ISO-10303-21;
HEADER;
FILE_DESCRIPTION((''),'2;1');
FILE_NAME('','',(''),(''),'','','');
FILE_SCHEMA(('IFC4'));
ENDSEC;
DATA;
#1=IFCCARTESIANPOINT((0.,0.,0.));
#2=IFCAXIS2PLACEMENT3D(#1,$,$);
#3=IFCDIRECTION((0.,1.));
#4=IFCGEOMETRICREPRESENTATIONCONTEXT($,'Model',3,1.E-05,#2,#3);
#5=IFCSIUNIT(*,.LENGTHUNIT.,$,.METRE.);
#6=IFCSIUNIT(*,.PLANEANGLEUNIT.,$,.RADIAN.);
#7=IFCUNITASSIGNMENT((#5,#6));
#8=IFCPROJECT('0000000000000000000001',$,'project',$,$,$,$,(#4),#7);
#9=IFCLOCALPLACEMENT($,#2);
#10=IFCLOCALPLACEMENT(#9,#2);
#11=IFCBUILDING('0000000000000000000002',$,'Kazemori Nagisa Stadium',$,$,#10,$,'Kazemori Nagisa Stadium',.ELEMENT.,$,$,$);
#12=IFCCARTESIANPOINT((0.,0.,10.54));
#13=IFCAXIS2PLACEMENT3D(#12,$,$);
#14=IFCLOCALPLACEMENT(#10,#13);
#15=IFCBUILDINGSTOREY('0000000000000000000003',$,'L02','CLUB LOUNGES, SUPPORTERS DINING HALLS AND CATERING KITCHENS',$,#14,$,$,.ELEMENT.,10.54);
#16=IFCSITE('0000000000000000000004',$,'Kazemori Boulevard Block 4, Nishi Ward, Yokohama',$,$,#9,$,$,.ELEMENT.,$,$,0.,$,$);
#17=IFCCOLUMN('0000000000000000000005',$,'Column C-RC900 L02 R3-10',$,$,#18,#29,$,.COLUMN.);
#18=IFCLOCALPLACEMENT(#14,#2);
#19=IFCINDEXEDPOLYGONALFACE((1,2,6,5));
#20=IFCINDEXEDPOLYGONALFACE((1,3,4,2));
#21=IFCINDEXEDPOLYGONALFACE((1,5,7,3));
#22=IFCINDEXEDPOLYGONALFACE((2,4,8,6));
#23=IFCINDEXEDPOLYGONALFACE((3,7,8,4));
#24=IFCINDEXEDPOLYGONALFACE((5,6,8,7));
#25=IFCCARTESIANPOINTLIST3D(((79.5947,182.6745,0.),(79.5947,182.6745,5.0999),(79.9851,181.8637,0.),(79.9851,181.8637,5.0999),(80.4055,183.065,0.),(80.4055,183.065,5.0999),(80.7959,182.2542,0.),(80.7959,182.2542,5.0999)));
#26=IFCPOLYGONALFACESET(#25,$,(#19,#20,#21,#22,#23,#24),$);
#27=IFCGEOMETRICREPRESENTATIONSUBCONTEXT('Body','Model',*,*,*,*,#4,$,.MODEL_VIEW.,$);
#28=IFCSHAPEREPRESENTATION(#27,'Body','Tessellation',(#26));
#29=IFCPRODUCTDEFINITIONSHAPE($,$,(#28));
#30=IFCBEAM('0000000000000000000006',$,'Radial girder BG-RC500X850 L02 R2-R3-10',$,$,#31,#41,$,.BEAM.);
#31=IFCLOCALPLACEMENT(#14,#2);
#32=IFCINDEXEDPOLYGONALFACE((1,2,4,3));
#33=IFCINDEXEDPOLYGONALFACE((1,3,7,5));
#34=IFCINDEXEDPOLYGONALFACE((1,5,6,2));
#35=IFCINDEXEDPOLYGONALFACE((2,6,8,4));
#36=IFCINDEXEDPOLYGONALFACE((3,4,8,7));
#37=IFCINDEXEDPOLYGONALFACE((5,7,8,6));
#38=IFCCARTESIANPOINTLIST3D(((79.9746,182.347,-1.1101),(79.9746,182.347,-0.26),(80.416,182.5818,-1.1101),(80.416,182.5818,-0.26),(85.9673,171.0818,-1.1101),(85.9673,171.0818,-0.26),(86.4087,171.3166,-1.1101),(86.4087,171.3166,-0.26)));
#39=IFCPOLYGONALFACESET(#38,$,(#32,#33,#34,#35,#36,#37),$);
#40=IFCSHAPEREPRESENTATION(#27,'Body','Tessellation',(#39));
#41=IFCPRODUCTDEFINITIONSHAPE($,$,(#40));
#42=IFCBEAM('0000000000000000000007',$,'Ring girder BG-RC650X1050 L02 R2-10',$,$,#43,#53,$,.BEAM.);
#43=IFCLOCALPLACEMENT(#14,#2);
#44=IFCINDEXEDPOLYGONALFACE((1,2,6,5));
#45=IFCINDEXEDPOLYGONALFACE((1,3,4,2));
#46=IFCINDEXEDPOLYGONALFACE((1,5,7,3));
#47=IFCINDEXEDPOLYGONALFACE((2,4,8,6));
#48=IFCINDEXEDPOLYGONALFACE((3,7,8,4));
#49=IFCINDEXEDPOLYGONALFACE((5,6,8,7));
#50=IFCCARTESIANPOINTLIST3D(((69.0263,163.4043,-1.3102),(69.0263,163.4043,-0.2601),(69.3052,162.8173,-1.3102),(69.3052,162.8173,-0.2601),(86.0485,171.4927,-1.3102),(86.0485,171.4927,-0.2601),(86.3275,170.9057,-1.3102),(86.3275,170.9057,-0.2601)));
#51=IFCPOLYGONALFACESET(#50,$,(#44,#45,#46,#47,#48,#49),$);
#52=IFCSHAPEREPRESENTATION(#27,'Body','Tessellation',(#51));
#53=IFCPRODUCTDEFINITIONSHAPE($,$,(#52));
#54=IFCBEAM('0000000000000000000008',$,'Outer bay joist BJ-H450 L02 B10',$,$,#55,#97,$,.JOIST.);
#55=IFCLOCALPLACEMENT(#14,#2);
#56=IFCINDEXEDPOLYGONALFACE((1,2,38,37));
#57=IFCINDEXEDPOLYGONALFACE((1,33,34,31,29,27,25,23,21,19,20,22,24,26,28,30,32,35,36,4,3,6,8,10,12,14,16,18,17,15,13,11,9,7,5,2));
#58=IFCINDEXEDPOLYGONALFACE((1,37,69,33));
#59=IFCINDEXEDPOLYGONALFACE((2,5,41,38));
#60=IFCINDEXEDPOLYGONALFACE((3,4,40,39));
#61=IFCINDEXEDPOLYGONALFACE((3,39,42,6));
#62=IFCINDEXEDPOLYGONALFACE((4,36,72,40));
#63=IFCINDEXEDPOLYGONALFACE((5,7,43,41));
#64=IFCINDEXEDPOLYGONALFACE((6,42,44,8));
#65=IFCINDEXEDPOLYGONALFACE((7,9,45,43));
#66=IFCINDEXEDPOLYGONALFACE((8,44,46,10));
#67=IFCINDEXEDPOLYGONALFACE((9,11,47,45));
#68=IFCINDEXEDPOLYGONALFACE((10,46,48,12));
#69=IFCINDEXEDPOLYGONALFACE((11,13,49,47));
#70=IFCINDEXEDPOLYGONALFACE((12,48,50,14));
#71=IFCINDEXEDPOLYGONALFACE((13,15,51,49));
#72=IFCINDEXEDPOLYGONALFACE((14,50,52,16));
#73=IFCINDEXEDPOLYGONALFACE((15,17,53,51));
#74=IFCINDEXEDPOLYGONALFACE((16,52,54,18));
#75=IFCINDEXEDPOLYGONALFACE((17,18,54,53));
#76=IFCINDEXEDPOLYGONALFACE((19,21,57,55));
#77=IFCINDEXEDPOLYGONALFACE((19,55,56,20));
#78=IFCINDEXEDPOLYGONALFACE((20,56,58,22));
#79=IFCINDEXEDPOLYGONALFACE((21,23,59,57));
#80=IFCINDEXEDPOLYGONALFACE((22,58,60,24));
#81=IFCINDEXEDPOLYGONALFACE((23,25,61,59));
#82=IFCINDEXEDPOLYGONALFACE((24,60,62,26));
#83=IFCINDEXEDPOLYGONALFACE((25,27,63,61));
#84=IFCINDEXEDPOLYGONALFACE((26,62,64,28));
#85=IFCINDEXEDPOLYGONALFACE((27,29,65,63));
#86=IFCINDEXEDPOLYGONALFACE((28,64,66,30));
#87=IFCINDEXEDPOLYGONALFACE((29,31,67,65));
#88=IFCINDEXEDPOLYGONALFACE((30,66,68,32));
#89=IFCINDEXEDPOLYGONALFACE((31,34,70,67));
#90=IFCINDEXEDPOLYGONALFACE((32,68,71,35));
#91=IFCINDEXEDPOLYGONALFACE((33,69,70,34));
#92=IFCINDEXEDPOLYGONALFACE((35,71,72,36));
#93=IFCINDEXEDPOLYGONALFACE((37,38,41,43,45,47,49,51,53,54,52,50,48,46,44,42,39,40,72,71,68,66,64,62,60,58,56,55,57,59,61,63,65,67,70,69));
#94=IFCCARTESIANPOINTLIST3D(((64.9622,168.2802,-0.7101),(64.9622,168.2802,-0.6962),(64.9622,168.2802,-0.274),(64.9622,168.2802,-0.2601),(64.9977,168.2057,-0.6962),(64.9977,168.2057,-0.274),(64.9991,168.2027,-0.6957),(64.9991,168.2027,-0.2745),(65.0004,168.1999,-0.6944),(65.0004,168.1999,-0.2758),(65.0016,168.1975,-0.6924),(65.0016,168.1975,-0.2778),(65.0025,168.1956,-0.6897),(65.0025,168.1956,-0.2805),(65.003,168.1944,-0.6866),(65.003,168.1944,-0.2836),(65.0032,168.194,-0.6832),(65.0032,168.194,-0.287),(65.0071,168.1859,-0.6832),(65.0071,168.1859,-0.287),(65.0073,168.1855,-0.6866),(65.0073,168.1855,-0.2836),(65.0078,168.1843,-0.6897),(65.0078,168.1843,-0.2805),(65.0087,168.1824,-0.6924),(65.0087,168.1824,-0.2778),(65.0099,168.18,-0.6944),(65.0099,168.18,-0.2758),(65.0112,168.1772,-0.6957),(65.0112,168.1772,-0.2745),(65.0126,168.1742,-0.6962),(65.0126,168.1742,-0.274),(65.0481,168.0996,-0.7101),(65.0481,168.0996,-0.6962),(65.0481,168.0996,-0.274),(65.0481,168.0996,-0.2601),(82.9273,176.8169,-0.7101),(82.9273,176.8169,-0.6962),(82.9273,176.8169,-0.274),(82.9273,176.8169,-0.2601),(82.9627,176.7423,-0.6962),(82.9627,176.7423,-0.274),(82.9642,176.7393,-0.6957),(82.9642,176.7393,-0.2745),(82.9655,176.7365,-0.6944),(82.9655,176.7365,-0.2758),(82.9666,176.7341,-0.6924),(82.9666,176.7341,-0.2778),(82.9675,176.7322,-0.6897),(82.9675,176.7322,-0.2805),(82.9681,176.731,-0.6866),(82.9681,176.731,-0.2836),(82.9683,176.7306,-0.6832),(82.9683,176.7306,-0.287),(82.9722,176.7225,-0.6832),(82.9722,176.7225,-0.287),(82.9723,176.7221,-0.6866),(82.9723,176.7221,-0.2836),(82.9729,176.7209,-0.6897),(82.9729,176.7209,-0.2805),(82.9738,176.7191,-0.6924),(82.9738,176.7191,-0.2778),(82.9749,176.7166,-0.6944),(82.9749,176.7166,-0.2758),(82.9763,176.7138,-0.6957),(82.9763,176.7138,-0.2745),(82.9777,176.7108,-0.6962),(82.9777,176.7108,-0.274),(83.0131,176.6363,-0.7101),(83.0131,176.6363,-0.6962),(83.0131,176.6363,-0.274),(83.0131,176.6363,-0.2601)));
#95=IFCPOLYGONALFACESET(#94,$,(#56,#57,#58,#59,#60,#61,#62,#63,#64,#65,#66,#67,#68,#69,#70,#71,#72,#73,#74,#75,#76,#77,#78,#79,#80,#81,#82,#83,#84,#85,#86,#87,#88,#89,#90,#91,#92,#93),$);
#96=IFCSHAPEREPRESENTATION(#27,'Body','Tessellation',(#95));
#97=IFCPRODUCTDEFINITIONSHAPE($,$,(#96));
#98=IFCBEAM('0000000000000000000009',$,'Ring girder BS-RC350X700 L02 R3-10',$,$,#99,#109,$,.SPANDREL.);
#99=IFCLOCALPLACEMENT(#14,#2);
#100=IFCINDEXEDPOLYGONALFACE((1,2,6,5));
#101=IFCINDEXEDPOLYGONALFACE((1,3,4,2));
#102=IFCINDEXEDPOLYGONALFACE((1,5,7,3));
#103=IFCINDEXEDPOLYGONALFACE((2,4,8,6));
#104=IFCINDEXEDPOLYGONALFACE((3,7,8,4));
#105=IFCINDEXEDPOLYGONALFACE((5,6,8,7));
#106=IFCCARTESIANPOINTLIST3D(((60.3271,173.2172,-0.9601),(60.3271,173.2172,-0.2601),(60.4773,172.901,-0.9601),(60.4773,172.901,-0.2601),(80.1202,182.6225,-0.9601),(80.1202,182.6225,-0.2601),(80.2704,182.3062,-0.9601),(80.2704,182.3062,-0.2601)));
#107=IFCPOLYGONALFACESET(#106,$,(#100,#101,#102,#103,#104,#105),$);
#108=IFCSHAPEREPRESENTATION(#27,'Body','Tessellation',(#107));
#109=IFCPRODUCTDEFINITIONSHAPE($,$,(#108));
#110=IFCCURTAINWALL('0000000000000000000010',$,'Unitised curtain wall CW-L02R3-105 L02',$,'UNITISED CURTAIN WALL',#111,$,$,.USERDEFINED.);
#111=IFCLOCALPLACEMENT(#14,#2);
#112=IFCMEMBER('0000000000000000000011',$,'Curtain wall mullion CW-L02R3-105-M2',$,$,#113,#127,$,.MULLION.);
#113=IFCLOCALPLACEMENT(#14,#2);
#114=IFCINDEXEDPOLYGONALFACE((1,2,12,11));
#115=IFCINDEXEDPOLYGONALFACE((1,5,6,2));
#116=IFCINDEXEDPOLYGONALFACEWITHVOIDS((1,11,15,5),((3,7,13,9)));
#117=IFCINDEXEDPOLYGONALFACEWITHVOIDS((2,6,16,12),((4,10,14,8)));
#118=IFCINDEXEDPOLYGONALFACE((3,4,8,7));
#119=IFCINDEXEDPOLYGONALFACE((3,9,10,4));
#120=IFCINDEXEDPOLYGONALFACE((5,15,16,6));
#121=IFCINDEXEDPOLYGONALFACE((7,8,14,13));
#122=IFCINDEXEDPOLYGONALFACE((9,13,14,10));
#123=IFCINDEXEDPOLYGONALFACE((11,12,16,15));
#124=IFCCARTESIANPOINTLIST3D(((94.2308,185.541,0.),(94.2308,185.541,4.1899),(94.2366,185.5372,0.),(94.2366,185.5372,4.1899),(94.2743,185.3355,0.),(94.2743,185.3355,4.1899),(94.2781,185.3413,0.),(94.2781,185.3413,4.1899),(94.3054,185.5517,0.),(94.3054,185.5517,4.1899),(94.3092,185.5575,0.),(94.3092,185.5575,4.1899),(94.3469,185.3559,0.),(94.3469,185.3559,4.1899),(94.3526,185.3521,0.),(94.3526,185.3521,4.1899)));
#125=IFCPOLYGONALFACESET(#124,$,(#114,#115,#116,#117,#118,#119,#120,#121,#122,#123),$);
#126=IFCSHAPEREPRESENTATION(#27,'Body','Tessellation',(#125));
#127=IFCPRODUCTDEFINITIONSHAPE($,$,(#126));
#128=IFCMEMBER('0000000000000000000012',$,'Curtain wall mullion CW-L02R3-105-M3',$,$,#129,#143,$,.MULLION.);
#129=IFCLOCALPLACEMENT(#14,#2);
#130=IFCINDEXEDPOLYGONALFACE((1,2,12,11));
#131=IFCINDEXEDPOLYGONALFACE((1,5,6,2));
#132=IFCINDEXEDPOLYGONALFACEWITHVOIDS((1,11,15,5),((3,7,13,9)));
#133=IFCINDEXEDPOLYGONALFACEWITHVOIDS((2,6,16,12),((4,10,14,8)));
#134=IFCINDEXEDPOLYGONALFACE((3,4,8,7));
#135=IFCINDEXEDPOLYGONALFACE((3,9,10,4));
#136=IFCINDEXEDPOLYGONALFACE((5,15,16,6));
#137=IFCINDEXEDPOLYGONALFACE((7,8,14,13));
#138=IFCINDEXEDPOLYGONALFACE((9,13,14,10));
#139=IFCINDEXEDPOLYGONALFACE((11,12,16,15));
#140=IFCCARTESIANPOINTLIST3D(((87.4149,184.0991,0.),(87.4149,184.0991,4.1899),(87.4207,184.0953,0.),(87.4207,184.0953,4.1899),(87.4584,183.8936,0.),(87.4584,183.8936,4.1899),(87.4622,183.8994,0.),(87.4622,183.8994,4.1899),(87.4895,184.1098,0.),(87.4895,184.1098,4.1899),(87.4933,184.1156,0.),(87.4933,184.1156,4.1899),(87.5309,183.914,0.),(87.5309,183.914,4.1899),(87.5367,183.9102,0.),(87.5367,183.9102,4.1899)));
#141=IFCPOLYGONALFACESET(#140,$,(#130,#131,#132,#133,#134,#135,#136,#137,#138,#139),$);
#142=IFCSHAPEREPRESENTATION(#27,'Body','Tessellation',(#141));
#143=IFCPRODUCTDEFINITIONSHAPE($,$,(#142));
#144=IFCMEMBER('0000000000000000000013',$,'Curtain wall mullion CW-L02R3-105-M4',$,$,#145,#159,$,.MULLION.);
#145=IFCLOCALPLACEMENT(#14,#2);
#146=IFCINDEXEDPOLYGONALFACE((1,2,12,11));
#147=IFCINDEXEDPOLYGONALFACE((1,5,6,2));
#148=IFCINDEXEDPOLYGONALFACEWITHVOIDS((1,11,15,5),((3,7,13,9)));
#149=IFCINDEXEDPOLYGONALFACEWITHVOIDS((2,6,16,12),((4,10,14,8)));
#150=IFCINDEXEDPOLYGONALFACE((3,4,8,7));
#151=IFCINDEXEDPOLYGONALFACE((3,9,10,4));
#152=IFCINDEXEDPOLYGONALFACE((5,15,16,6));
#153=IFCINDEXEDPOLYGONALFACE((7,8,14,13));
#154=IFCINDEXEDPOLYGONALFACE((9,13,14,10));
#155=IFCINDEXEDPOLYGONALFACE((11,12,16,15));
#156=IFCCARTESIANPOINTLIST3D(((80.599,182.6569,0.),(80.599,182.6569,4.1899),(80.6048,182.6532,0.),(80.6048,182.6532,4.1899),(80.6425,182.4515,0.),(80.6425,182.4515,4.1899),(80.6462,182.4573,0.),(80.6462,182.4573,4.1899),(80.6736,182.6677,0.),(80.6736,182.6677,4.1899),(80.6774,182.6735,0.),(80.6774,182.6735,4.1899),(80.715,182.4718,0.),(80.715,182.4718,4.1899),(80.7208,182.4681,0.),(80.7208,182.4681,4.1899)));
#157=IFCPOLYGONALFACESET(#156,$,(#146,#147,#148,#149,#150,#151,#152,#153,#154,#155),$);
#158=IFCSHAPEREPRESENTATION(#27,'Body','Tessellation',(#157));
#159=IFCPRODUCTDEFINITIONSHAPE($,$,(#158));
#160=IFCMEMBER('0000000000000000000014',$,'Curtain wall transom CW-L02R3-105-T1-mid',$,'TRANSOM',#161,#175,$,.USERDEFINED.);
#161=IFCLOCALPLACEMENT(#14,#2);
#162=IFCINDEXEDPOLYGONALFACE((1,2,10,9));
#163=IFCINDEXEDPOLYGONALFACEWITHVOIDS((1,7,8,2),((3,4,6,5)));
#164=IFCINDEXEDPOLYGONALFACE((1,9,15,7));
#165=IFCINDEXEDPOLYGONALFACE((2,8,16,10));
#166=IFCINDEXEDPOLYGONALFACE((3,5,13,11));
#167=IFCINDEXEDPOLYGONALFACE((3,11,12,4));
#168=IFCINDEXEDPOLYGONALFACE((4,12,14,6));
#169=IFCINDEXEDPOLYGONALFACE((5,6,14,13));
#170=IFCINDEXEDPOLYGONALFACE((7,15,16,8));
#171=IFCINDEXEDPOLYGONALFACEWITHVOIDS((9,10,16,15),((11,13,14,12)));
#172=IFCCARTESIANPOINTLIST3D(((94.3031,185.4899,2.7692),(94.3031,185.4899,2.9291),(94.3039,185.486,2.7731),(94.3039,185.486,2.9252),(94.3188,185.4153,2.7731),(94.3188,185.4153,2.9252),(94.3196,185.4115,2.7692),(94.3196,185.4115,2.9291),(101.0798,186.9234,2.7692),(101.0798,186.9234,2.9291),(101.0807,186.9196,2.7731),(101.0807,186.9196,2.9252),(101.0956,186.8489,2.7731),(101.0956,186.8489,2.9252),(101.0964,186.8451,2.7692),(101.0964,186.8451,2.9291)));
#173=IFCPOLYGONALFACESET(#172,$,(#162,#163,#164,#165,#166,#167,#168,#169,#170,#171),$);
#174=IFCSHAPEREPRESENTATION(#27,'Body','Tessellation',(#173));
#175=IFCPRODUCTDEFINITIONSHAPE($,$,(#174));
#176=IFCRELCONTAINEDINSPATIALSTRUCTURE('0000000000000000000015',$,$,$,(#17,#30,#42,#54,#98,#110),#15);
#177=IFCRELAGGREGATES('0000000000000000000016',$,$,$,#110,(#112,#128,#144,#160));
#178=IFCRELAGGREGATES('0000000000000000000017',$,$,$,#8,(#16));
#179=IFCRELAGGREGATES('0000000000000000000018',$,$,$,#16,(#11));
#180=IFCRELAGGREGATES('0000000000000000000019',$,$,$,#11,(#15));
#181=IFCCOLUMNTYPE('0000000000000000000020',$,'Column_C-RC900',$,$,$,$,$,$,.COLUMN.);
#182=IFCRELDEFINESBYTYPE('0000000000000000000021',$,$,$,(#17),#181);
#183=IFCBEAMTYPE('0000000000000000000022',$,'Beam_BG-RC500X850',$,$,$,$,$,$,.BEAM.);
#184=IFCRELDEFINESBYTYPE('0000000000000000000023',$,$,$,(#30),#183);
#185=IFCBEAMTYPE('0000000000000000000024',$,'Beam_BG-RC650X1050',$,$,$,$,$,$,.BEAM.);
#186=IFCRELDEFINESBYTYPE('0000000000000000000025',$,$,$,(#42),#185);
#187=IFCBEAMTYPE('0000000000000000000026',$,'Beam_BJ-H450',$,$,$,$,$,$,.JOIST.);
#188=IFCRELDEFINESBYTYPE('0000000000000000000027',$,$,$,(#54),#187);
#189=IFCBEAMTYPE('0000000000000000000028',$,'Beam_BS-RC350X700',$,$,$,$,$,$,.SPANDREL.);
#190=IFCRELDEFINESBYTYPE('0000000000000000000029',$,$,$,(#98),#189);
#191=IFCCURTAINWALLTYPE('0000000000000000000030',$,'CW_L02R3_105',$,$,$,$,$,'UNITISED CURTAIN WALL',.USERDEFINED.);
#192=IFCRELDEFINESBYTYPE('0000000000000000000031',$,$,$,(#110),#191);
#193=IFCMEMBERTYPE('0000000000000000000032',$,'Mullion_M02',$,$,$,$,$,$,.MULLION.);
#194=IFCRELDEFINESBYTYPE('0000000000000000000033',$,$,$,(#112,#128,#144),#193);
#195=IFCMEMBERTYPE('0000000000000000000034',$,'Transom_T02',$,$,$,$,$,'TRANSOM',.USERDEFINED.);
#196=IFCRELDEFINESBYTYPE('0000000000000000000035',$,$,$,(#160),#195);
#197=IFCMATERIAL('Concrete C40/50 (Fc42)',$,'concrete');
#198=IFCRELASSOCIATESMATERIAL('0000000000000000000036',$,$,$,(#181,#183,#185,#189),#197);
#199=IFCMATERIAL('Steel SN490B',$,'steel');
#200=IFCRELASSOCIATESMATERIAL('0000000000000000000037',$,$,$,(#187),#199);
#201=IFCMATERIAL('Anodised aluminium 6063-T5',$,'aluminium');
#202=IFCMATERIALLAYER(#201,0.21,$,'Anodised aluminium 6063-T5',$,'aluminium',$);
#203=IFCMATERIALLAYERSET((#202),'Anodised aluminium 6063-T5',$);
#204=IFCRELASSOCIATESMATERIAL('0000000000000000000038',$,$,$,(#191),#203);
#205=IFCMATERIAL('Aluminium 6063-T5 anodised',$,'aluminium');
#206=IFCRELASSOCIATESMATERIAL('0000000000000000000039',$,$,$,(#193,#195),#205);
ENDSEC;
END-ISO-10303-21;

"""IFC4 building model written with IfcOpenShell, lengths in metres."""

from ifc_helpers import new_model, si_unit, direction, frame, origin, origin_2d, place, context, subcontext, project, spatial, rectangle, hollow_rectangle, i_section, extrude, material, layer, layer_set, material_profile, profile_set, type_object, element, aggregate, save


model = new_model("IFC4")

# Units and contexts
model_context = context("Model", 3, precision=1e-05, world=origin(), true_north=direction((0.0, 1.0)))
body_context = subcontext(model_context, "Body", "Model", "MODEL_VIEW")
ifc_project = project(units=[si_unit("LENGTHUNIT", "METRE"), si_unit("PLANEANGLEUNIT", "RADIAN")], contexts=[model_context])

# Site, building, storey
site_placement = place(None, origin())
site = spatial("IfcSite", under=ifc_project, at=site_placement, Name="Kazemori Boulevard Block 4, Nishi Ward, Yokohama", CompositionType="ELEMENT", RefElevation=0.0)
building_placement = place(site_placement, origin())
building = spatial("IfcBuilding", under=site, at=building_placement, Name="Kazemori Nagisa Stadium", LongName="Kazemori Nagisa Stadium", CompositionType="ELEMENT")
storey_placement = place(building_placement, frame((0.0, 0.0, 10.54)))
storey = spatial("IfcBuildingStorey", under=building, at=storey_placement, Name="L02", Description="CLUB LOUNGES, SUPPORTERS DINING HALLS AND CATERING KITCHENS", CompositionType="ELEMENT", Elevation=10.54)

# Column
ifc_material_1 = material(Name="Concrete C40/50 (Fc42)", Category="concrete")
ifc_material_profile_1 = material_profile(ifc_material_1, rectangle(XDim=0.8999, YDim=0.8999, at=origin_2d()), Name="RC-COL-900x900")
ifc_profile_set_1 = profile_set([ifc_material_profile_1], Name="Concrete C40/50 (Fc42)")
column_type = type_object("IfcColumnType", Name="Column_C-RC900", PredefinedType="COLUMN", material=ifc_profile_set_1)
column_placement = place(storey_placement, frame((80.1953, 182.4644, 0.0), z_axis=(0.0, 0.0, 1.0), x_axis=(-0.433884, 0.900969, 0.0)))
element("IfcColumn", 1, at=column_placement, inside=storey, type_object=column_type, Name="Column C-RC900 L02 R3-10", PredefinedType="COLUMN", context=body_context, shape_type="SweptSolid", body=[
    extrude(rectangle(XDim=0.8999, YDim=0.8999, at=origin_2d()), origin(), (0.0, 0.0, 1.0), 5.0999),
])

# Beams
ifc_material_profile_2 = material_profile(ifc_material_1, rectangle(XDim=0.5, YDim=0.8501, at=origin_2d()), Name="RC-BM-500x850")
ifc_profile_set_2 = profile_set([ifc_material_profile_2], Name="Concrete C40/50 (Fc42)")
beam_type_1 = type_object("IfcBeamType", Name="Beam_BG-RC500X850", PredefinedType="BEAM", material=ifc_profile_set_2)
beam_1_placement = place(storey_placement, frame((86.188, 171.1992, -0.6851), z_axis=(-0.469649, 0.882853, 0.0), x_axis=(-0.882853, -0.469649, 0.0)))
element("IfcBeam", 2, at=beam_1_placement, inside=storey, type_object=beam_type_1, Name="Radial girder BG-RC500X850 L02 R2-R3-10", PredefinedType="BEAM", context=body_context, shape_type="SweptSolid", body=[
    extrude(rectangle(XDim=0.5, YDim=0.8501, at=origin_2d()), origin(), (0.0, 0.0, 1.0), 12.76),
])
ifc_material_profile_3 = material_profile(ifc_material_1, rectangle(XDim=0.6499, YDim=1.05, at=origin_2d()), Name="RC-BM-650x1050")
ifc_profile_set_3 = profile_set([ifc_material_profile_3], Name="Concrete C40/50 (Fc42)")
beam_type_2 = type_object("IfcBeamType", Name="Beam_BG-RC650X1050", PredefinedType="BEAM", material=ifc_profile_set_3)
beam_2_placement = place(storey_placement, frame((86.188, 171.1992, -0.7852), z_axis=(-0.903219, -0.429179, 0.0), x_axis=(0.429179, -0.903219, 0.0)))
element("IfcBeam", 3, at=beam_2_placement, inside=storey, type_object=beam_type_2, Name="Ring girder BG-RC650X1050 L02 R2-10", PredefinedType="BEAM", context=body_context, shape_type="SweptSolid", body=[
    extrude(rectangle(XDim=0.6499, YDim=1.05, at=origin_2d()), origin(), (0.0, 0.0, 1.0), 18.8462),
])
ifc_material_2 = material(Name="Steel SN490B", Category="steel")
ifc_material_profile_4 = material_profile(ifc_material_2, i_section(OverallWidth=0.2, OverallDepth=0.45, WebThickness=0.009, FlangeThickness=0.0139, FilletRadius=0.0129, at=origin_2d()), Name="H-450x200x9x14")
ifc_profile_set_4 = profile_set([ifc_material_profile_4], Name="Steel SN490B")
beam_type_3 = type_object("IfcBeamType", Name="Beam_BJ-H450", PredefinedType="JOIST", material=ifc_profile_set_4)
beam_3_placement = place(storey_placement, frame((82.9702, 176.7266, -0.4851), z_axis=(-0.903215, -0.429188, 0.0), x_axis=(0.429188, -0.903215, 0.0)))
element("IfcBeam", 4, at=beam_3_placement, inside=storey, type_object=beam_type_3, Name="Outer bay joist BJ-H450 L02 B10", PredefinedType="JOIST", context=body_context, shape_type="SweptSolid", body=[
    extrude(i_section(OverallWidth=0.2, OverallDepth=0.45, WebThickness=0.009, FlangeThickness=0.0139, FilletRadius=0.0129, at=origin_2d()), origin(), (0.0, 0.0, 1.0), 19.8901),
])
ifc_material_profile_5 = material_profile(ifc_material_1, rectangle(XDim=0.3501, YDim=0.7, at=origin_2d()), Name="RC-SP-350x700")
ifc_profile_set_5 = profile_set([ifc_material_profile_5], Name="Concrete C40/50 (Fc42)")
beam_type_4 = type_object("IfcBeamType", Name="Beam_BS-RC350X700", PredefinedType="SPANDREL", material=ifc_profile_set_5)
beam_4_placement = place(storey_placement, frame((80.1953, 182.4644, -0.6101), z_axis=(-0.903216, -0.429187, 0.0), x_axis=(0.429187, -0.903216, 0.0)))
element("IfcBeam", 5, at=beam_4_placement, inside=storey, type_object=beam_type_4, Name="Ring girder BS-RC350X700 L02 R3-10", PredefinedType="SPANDREL", context=body_context, shape_type="SweptSolid", body=[
    extrude(rectangle(XDim=0.3501, YDim=0.7, at=origin_2d()), origin(), (0.0, 0.0, 1.0), 21.9141),
])

# Curtain wall, members
ifc_material_3 = material(Name="Anodised aluminium 6063-T5", Category="aluminium")
ifc_layer_1 = layer(ifc_material_3, 0.21, Name="Anodised aluminium 6063-T5", Category="aluminium")
ifc_layer_set_1 = layer_set([ifc_layer_1], Name="Anodised aluminium 6063-T5")
curtain_wall_type = type_object("IfcCurtainWallType", Name="CW_L02R3_105", ElementType="UNITISED CURTAIN WALL", PredefinedType="USERDEFINED", material=ifc_layer_set_1)
curtain_wall_placement = place(storey_placement, origin())
curtain_wall = element("IfcCurtainWall", 6, at=curtain_wall_placement, inside=storey, type_object=curtain_wall_type, Name="Unitised curtain wall CW-L02R3-105 L02", ObjectType="UNITISED CURTAIN WALL", PredefinedType="USERDEFINED")
ifc_material_4 = material(Name="Aluminium 6063-T5 anodised", Category="aluminium")
ifc_material_profile_6 = material_profile(ifc_material_4, hollow_rectangle(XDim=0.0801, YDim=0.21, WallThickness=0.0049, at=origin_2d()), Name="ALU-MULL-80x210x5")
ifc_profile_set_6 = profile_set([ifc_material_profile_6], Name="Aluminium 6063-T5 anodised")
member_type_1 = type_object("IfcMemberType", Name="Mullion_M02", PredefinedType="MULLION", material=ifc_profile_set_6)
member_1_placement = place(storey_placement, frame((94.2917, 185.4465, 0.0), z_axis=(0.0, 0.0, 1.0), x_axis=(-0.978345, -0.206981, 0.0)))
member_1 = element("IfcMember", 7, at=member_1_placement, type_object=member_type_1, Name="Curtain wall mullion CW-L02R3-105-M2", PredefinedType="MULLION", context=body_context, shape_type="SweptSolid", body=[
    extrude(hollow_rectangle(XDim=0.0801, YDim=0.21, WallThickness=0.0049, at=origin_2d()), origin(), (0.0, 0.0, 1.0), 4.1899),
])
member_2_placement = place(storey_placement, frame((87.4758, 184.0046, 0.0), z_axis=(0.0, 0.0, 1.0), x_axis=(-0.978345, -0.206981, 0.0)))
member_2 = element("IfcMember", 8, at=member_2_placement, type_object=member_type_1, Name="Curtain wall mullion CW-L02R3-105-M3", PredefinedType="MULLION", context=body_context, shape_type="SweptSolid", body=[
    extrude(hollow_rectangle(XDim=0.0801, YDim=0.21, WallThickness=0.0049, at=origin_2d()), origin(), (0.0, 0.0, 1.0), 4.1899),
])
member_3_placement = place(storey_placement, frame((80.6599, 182.5625, 0.0), z_axis=(0.0, 0.0, 1.0), x_axis=(-0.978345, -0.206981, 0.0)))
member_3 = element("IfcMember", 9, at=member_3_placement, type_object=member_type_1, Name="Curtain wall mullion CW-L02R3-105-M4", PredefinedType="MULLION", context=body_context, shape_type="SweptSolid", body=[
    extrude(hollow_rectangle(XDim=0.0801, YDim=0.21, WallThickness=0.0049, at=origin_2d()), origin(), (0.0, 0.0, 1.0), 4.1899),
])
ifc_material_profile_7 = material_profile(ifc_material_4, hollow_rectangle(XDim=0.0801, YDim=0.1599, WallThickness=0.0039, at=origin_2d()), Name="ALU-TRAN-80x160x4")
ifc_profile_set_7 = profile_set([ifc_material_profile_7], Name="Aluminium 6063-T5 anodised")
member_type_2 = type_object("IfcMemberType", Name="Transom_T02", ElementType="TRANSOM", PredefinedType="USERDEFINED", material=ifc_profile_set_7)
member_4_placement = place(storey_placement, frame((101.0881, 186.8843, 2.8491), z_axis=(-0.978349, -0.206962, 0.0), x_axis=(0.206962, -0.978349, 0.0)))
member_4 = element("IfcMember", 10, at=member_4_placement, type_object=member_type_2, Name="Curtain wall transom CW-L02R3-105-T1-mid", ObjectType="TRANSOM", PredefinedType="USERDEFINED", context=body_context, shape_type="SweptSolid", body=[
    extrude(hollow_rectangle(XDim=0.0801, YDim=0.1599, WallThickness=0.0039, at=origin_2d()), origin(), (0.0, 0.0, 1.0), 6.9268),
])
aggregate(curtain_wall, [member_1, member_2, member_3, member_4])

save(model, "model.ifc")
